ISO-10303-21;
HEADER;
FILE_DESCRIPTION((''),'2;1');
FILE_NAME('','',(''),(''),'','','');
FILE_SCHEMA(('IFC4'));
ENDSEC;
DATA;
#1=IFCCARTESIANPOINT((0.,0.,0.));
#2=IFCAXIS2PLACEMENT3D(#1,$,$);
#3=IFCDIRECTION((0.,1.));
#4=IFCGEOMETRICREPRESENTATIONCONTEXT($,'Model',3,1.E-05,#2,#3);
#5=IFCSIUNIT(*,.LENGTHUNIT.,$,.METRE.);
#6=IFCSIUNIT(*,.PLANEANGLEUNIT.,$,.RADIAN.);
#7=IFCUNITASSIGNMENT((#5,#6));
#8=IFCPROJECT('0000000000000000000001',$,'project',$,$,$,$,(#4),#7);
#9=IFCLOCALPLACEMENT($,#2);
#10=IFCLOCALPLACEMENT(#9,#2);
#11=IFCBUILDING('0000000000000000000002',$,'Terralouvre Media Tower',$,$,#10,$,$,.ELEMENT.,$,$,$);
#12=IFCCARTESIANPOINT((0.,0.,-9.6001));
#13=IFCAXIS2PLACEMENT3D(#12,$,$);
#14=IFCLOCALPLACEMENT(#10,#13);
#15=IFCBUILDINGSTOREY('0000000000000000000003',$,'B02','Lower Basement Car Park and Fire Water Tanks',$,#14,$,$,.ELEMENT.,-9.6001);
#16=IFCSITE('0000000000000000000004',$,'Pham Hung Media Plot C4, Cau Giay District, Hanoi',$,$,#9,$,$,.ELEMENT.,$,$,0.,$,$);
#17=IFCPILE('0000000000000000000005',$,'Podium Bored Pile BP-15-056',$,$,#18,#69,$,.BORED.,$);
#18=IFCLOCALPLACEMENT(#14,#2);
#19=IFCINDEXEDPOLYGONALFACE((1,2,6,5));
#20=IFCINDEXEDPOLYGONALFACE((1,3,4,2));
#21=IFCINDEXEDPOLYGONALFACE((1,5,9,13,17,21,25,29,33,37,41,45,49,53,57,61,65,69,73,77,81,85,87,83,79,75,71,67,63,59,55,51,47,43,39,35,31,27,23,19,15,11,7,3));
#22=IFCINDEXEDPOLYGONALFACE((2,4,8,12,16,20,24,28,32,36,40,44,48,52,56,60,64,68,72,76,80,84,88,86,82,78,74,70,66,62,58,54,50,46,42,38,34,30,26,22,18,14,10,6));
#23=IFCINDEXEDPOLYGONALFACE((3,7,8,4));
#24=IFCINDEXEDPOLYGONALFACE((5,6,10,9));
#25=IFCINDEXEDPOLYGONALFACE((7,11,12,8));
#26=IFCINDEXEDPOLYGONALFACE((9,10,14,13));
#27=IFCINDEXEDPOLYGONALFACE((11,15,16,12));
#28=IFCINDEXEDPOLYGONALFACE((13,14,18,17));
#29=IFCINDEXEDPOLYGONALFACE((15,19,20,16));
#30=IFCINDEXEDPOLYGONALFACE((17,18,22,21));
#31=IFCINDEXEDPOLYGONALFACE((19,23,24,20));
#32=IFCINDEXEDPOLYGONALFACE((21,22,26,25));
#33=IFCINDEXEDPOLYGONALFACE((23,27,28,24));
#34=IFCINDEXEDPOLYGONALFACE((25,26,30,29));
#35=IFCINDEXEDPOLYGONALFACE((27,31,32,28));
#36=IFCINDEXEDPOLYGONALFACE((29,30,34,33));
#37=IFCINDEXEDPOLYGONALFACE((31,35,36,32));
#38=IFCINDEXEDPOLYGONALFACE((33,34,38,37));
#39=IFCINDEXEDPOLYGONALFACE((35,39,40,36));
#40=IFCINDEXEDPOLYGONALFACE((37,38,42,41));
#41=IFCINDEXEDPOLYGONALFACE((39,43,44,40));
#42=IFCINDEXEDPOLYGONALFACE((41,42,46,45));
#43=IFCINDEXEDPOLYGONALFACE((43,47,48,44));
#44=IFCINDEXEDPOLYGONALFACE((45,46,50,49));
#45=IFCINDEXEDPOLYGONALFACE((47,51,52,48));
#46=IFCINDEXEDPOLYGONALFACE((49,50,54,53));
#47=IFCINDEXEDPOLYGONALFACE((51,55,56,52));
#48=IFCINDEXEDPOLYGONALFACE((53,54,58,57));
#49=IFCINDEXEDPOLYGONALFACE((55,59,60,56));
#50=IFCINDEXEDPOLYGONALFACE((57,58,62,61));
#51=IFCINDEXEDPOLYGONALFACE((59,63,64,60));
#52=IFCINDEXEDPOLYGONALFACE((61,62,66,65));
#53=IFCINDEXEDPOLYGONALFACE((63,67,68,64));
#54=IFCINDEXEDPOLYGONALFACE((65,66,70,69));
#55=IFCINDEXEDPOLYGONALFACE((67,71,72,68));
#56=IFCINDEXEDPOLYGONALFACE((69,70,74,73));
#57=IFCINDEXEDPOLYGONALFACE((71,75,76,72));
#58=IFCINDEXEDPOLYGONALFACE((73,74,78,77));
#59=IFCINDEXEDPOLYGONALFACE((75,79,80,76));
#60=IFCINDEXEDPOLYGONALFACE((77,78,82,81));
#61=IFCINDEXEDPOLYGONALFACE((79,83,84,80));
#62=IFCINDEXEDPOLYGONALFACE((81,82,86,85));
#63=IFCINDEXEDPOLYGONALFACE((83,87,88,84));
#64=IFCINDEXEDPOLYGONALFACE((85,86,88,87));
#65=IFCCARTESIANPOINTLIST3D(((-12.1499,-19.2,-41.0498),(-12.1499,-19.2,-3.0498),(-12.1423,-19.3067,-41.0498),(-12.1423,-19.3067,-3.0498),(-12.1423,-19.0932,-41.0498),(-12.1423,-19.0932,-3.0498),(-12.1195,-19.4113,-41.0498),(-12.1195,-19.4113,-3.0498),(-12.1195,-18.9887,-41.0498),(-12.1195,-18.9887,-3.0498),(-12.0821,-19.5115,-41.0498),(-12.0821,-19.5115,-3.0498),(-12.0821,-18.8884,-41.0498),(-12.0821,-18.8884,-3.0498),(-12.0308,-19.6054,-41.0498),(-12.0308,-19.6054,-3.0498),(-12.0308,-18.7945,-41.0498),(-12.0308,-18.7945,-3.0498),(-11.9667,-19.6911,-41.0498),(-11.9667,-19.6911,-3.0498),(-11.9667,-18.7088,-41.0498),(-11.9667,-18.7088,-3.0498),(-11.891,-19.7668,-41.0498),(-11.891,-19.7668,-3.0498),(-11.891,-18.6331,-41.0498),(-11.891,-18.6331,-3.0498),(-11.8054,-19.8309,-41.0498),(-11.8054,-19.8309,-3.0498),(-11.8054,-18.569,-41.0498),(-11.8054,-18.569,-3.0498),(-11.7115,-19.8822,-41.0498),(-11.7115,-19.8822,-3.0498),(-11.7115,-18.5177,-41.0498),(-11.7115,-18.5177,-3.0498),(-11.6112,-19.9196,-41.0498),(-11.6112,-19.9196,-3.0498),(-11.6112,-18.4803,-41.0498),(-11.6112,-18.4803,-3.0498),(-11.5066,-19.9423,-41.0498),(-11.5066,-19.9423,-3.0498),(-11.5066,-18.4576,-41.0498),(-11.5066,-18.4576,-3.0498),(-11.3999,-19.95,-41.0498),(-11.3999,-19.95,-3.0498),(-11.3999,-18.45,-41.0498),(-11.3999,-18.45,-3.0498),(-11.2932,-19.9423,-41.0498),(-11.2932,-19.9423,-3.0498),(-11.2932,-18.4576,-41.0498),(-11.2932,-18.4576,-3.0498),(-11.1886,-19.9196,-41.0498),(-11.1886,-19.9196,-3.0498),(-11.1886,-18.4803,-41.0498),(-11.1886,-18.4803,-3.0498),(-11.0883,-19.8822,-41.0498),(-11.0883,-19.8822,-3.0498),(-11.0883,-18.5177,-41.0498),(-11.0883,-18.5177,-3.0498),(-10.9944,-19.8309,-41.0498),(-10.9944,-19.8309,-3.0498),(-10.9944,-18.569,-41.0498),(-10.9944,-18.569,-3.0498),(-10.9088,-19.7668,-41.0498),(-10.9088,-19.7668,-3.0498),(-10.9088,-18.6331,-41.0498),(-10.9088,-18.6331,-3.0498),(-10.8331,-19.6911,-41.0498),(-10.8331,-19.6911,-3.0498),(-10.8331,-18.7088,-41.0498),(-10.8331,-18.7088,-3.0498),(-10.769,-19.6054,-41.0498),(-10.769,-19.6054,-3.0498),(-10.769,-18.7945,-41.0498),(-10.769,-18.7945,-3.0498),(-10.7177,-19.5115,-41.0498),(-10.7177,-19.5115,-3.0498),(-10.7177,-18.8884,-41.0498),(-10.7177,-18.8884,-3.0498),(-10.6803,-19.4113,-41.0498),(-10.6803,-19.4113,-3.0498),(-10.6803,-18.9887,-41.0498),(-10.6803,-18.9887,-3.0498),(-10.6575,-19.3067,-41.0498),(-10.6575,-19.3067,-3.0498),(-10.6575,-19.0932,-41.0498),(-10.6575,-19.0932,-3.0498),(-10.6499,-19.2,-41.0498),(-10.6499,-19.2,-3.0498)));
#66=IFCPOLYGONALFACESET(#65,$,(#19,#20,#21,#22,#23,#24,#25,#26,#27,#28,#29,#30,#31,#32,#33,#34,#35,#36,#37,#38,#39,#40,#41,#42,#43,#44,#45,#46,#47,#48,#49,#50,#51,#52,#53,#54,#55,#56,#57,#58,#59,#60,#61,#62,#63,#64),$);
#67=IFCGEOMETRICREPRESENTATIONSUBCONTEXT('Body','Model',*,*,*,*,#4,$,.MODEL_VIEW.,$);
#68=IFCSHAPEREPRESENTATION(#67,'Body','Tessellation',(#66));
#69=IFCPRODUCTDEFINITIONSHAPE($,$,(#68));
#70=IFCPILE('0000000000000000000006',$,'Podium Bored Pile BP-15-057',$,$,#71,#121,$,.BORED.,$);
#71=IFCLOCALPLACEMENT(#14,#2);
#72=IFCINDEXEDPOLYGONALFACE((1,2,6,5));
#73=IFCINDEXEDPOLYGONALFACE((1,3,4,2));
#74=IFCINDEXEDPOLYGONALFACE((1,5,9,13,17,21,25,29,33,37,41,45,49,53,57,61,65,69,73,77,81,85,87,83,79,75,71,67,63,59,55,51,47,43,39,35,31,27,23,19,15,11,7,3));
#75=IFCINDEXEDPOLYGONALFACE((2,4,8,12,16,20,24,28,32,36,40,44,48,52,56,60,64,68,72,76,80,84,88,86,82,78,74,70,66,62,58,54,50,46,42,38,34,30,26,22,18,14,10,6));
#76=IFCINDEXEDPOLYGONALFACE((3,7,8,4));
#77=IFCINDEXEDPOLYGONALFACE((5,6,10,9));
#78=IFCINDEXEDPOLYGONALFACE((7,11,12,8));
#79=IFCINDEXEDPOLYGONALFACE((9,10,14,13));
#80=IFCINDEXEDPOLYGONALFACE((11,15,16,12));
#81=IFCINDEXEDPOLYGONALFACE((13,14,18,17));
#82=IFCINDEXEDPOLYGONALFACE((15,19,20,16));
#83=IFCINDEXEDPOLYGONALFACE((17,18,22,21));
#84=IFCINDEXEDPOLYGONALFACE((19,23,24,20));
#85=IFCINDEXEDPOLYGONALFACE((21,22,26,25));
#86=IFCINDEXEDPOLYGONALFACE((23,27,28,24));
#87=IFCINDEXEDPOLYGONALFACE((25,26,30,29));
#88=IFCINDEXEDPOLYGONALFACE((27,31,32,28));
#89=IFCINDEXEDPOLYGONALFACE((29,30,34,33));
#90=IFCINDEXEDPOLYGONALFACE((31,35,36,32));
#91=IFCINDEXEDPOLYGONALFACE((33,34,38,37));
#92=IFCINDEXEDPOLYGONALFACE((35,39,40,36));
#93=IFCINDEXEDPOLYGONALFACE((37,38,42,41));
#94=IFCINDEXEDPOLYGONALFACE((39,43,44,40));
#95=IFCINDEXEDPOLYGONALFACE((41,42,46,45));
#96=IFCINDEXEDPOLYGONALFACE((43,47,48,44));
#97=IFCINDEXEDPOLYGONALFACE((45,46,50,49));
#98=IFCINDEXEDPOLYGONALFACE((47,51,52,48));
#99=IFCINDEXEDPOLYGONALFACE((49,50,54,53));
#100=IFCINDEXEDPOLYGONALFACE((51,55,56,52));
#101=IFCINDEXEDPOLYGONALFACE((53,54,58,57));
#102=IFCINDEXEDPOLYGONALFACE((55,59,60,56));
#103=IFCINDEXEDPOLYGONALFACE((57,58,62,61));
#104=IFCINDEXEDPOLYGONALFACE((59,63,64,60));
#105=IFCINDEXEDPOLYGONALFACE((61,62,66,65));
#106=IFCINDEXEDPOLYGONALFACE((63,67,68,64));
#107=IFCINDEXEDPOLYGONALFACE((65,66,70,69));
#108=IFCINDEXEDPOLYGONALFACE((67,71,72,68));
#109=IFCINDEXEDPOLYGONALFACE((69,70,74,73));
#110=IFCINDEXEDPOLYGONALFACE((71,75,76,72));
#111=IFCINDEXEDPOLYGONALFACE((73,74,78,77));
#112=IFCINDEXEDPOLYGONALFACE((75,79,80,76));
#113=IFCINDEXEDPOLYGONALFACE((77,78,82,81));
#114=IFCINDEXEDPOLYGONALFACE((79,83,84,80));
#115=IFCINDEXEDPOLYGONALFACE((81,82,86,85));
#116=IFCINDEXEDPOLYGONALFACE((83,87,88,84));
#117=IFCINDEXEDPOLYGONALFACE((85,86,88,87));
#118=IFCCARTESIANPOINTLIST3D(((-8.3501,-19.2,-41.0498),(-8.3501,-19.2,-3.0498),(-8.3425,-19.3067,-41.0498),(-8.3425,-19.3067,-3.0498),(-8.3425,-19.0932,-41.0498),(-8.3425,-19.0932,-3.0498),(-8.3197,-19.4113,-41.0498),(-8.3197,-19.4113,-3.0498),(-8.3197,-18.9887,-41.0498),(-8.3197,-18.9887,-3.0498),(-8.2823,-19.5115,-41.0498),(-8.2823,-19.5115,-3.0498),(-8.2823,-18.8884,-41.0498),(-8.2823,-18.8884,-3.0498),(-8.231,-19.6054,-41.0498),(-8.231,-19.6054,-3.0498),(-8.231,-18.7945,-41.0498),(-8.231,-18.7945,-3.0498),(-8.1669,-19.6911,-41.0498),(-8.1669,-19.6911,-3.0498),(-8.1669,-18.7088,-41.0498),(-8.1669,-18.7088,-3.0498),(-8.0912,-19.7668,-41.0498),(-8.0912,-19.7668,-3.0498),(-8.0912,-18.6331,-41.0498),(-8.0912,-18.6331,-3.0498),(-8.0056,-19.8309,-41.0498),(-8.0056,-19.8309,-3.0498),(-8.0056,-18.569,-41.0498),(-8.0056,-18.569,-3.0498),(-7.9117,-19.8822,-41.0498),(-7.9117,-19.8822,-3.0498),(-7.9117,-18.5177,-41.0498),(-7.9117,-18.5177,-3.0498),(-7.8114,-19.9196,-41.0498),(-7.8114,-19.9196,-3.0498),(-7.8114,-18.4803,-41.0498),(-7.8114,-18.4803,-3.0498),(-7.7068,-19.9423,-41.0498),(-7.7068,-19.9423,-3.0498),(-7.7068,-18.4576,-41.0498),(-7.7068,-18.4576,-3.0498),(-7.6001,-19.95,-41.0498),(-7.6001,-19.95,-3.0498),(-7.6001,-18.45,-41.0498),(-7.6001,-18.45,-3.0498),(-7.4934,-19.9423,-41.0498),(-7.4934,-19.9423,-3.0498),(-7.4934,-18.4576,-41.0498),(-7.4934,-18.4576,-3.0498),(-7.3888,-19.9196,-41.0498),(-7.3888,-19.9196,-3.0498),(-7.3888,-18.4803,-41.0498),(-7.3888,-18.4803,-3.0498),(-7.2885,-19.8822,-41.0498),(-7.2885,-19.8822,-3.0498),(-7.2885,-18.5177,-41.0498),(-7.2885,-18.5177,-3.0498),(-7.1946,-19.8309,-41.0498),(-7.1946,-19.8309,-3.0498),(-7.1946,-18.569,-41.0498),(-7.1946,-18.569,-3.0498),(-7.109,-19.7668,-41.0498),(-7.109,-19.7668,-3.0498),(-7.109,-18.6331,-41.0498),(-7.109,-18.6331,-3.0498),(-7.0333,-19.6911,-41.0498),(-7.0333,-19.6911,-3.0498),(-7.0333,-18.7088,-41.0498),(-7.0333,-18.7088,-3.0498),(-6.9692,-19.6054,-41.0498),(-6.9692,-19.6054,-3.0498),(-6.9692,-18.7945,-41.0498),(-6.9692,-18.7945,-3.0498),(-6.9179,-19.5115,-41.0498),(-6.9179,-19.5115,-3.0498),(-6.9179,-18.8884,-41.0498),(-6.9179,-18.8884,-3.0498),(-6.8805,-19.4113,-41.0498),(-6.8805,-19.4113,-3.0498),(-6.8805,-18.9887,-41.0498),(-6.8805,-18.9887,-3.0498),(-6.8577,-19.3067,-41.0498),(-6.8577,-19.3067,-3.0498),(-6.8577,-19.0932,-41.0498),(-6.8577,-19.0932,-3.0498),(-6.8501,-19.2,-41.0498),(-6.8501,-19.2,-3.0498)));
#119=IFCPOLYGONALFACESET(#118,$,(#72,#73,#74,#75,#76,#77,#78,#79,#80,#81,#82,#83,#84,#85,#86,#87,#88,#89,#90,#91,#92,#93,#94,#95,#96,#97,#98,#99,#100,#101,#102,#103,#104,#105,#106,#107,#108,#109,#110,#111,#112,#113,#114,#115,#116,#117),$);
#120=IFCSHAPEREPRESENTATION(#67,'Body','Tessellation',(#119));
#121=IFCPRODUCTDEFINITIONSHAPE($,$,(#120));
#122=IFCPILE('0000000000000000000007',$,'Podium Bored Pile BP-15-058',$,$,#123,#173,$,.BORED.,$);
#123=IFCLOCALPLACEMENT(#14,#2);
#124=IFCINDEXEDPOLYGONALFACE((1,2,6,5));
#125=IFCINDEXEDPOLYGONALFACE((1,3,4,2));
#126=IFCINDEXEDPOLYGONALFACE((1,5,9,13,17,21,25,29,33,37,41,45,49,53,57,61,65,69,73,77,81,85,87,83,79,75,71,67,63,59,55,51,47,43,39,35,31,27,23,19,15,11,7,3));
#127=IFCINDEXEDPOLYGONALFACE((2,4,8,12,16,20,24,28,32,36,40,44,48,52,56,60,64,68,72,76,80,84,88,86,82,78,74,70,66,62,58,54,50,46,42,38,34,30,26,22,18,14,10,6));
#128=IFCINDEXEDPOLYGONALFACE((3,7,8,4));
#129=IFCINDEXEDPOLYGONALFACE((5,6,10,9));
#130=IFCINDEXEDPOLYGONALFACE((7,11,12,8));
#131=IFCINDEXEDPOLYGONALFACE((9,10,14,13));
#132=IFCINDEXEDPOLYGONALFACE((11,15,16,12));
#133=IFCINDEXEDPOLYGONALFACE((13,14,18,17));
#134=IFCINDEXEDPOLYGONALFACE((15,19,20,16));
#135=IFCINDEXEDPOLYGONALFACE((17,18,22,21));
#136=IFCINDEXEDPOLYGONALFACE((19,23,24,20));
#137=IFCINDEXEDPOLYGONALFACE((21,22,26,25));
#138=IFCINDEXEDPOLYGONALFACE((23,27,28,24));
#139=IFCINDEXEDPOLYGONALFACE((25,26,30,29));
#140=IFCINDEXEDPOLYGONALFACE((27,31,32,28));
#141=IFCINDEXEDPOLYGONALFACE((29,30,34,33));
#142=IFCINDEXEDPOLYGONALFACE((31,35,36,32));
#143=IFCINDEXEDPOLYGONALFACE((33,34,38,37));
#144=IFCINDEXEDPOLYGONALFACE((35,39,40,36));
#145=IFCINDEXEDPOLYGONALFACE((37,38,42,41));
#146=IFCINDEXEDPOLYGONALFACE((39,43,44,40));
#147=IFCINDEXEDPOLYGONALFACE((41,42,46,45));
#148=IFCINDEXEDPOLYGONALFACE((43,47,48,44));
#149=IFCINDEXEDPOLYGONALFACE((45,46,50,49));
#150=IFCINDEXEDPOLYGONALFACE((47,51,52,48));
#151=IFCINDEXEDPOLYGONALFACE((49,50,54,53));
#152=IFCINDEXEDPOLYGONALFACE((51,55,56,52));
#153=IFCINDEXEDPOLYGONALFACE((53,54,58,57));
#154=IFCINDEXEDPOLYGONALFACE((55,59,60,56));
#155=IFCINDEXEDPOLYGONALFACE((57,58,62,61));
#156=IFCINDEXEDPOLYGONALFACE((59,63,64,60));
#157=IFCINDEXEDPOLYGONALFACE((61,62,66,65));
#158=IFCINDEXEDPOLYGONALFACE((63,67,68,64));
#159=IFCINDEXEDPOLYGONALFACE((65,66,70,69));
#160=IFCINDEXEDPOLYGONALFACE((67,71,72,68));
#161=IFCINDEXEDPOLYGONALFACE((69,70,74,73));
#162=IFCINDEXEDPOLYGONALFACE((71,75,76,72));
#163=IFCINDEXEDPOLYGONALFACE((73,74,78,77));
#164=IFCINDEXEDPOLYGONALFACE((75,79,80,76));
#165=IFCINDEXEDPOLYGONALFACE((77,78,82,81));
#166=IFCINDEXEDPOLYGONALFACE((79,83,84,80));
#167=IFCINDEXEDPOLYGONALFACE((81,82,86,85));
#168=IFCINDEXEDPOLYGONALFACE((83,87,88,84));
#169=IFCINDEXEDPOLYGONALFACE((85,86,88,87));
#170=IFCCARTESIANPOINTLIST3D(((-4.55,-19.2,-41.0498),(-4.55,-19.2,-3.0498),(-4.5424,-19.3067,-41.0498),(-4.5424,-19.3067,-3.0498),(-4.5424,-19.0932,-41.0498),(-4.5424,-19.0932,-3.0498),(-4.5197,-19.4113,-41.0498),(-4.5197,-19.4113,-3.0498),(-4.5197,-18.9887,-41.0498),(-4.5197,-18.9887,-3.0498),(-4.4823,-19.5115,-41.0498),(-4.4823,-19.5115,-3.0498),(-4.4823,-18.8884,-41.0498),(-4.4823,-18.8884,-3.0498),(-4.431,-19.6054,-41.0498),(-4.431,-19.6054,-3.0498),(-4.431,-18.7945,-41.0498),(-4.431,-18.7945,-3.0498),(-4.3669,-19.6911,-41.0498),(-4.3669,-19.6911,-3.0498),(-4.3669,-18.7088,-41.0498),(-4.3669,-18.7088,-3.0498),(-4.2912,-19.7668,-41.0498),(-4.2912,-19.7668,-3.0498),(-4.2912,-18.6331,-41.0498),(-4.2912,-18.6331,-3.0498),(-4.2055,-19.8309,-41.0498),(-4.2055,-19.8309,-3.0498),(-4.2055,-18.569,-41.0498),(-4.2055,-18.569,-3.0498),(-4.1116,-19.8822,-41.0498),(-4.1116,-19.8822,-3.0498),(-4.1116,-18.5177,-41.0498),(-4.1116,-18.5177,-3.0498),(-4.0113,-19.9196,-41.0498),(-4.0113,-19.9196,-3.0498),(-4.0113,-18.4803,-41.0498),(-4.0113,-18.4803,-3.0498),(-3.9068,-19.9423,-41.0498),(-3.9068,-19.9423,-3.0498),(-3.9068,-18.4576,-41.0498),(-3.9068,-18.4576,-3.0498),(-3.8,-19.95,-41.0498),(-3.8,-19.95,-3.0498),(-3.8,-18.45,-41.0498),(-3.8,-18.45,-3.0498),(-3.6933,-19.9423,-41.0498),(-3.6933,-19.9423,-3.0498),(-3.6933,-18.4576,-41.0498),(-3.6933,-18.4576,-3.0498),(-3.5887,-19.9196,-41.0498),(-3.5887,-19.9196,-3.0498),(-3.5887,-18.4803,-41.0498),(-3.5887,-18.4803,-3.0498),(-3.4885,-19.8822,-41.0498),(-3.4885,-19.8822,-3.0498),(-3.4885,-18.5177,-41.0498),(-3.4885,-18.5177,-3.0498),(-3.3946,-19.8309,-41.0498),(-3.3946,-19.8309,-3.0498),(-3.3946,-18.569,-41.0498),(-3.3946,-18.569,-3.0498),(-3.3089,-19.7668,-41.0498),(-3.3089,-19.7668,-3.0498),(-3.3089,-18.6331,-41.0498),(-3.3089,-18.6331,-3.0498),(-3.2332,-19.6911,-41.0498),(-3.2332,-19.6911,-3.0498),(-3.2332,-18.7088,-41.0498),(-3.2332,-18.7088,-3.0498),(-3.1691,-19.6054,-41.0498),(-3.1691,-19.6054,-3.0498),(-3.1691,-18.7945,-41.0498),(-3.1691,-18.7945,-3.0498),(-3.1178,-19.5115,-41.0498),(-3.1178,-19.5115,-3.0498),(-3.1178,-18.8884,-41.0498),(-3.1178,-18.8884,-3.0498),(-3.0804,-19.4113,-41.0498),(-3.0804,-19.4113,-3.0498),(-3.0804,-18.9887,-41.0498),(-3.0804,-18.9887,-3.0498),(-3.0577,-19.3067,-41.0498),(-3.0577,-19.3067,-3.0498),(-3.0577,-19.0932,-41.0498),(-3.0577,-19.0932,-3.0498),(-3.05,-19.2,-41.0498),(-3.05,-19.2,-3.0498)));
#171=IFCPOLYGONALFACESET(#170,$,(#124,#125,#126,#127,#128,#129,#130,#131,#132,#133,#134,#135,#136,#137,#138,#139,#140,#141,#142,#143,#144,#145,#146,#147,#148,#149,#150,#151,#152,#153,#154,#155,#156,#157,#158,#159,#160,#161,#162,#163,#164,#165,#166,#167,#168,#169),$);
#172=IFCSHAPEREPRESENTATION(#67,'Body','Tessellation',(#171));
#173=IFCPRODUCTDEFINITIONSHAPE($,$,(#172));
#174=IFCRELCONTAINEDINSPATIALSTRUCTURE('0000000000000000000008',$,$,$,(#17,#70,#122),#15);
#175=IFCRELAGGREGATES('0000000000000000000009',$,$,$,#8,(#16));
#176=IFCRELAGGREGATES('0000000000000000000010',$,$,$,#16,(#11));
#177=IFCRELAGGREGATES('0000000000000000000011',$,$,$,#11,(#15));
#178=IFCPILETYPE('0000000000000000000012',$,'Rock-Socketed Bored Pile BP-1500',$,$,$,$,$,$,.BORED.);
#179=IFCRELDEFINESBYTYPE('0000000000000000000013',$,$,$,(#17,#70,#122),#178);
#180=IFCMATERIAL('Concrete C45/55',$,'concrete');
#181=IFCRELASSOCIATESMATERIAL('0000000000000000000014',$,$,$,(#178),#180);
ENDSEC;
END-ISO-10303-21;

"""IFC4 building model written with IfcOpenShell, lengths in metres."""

from ifc_helpers import new_model, si_unit, direction, frame, origin, origin_2d, place, context, subcontext, project, spatial, circle, extrude, material, material_profile, profile_set, type_object, element, save


model = new_model("IFC4")

# Units and contexts
model_context = context("Model", 3, precision=1e-05, world=origin(), true_north=direction((0.0, 1.0)))
body_context = subcontext(model_context, "Body", "Model", "MODEL_VIEW")
ifc_project = project(units=[si_unit("LENGTHUNIT", "METRE"), si_unit("PLANEANGLEUNIT", "RADIAN")], contexts=[model_context])

# Site, building, storey
site_placement = place(None, origin())
site = spatial("IfcSite", under=ifc_project, at=site_placement, Name="Pham Hung Media Plot C4, Cau Giay District, Hanoi", CompositionType="ELEMENT", RefElevation=0.0)
building_placement = place(site_placement, origin())
building = spatial("IfcBuilding", under=site, at=building_placement, Name="Terralouvre Media Tower", CompositionType="ELEMENT")
storey_placement = place(building_placement, frame((0.0, 0.0, -9.6001)))
storey = spatial("IfcBuildingStorey", under=building, at=storey_placement, Name="B02", Description="Lower Basement Car Park and Fire Water Tanks", CompositionType="ELEMENT", Elevation=-9.6001)

# Piles
ifc_material_1 = material(Name="Concrete C45/55", Category="concrete")
ifc_material_profile_1 = material_profile(ifc_material_1, circle(Radius=0.75, at=origin_2d()), Name="BORED PILE 1500")
ifc_profile_set_1 = profile_set([ifc_material_profile_1], Name="Concrete C45/55")
pile_type_1 = type_object("IfcPileType", Name="Rock-Socketed Bored Pile BP-1500", PredefinedType="BORED", material=ifc_profile_set_1)
for number, where, z_axis, x_axis, name in (
    (1, (-11.3999, -19.2, -3.0498), (0.0, 0.0, -1.0), (1.0, 0.0, 0.0), "Podium Bored Pile BP-15-056"),
    (2, (-7.6001, -19.2, -3.0498), (0.0, 0.0, -1.0), (1.0, 0.0, 0.0), "Podium Bored Pile BP-15-057"),
    (3, (-3.8, -19.2, -3.0498), (0.0, 0.0, -1.0), (1.0, 0.0, 0.0), "Podium Bored Pile BP-15-058"),
):
    element("IfcPile", number, at=place(storey_placement, frame(where, z_axis=z_axis, x_axis=x_axis)), inside=storey, type_object=pile_type_1, Name=name, PredefinedType="BORED", context=body_context, shape_type="SweptSolid", body=[
        extrude(circle(Radius=0.75, at=origin_2d()), origin(), (0.0, 0.0, 1.0), 38.0),
    ])

save(model, "model.ifc")
